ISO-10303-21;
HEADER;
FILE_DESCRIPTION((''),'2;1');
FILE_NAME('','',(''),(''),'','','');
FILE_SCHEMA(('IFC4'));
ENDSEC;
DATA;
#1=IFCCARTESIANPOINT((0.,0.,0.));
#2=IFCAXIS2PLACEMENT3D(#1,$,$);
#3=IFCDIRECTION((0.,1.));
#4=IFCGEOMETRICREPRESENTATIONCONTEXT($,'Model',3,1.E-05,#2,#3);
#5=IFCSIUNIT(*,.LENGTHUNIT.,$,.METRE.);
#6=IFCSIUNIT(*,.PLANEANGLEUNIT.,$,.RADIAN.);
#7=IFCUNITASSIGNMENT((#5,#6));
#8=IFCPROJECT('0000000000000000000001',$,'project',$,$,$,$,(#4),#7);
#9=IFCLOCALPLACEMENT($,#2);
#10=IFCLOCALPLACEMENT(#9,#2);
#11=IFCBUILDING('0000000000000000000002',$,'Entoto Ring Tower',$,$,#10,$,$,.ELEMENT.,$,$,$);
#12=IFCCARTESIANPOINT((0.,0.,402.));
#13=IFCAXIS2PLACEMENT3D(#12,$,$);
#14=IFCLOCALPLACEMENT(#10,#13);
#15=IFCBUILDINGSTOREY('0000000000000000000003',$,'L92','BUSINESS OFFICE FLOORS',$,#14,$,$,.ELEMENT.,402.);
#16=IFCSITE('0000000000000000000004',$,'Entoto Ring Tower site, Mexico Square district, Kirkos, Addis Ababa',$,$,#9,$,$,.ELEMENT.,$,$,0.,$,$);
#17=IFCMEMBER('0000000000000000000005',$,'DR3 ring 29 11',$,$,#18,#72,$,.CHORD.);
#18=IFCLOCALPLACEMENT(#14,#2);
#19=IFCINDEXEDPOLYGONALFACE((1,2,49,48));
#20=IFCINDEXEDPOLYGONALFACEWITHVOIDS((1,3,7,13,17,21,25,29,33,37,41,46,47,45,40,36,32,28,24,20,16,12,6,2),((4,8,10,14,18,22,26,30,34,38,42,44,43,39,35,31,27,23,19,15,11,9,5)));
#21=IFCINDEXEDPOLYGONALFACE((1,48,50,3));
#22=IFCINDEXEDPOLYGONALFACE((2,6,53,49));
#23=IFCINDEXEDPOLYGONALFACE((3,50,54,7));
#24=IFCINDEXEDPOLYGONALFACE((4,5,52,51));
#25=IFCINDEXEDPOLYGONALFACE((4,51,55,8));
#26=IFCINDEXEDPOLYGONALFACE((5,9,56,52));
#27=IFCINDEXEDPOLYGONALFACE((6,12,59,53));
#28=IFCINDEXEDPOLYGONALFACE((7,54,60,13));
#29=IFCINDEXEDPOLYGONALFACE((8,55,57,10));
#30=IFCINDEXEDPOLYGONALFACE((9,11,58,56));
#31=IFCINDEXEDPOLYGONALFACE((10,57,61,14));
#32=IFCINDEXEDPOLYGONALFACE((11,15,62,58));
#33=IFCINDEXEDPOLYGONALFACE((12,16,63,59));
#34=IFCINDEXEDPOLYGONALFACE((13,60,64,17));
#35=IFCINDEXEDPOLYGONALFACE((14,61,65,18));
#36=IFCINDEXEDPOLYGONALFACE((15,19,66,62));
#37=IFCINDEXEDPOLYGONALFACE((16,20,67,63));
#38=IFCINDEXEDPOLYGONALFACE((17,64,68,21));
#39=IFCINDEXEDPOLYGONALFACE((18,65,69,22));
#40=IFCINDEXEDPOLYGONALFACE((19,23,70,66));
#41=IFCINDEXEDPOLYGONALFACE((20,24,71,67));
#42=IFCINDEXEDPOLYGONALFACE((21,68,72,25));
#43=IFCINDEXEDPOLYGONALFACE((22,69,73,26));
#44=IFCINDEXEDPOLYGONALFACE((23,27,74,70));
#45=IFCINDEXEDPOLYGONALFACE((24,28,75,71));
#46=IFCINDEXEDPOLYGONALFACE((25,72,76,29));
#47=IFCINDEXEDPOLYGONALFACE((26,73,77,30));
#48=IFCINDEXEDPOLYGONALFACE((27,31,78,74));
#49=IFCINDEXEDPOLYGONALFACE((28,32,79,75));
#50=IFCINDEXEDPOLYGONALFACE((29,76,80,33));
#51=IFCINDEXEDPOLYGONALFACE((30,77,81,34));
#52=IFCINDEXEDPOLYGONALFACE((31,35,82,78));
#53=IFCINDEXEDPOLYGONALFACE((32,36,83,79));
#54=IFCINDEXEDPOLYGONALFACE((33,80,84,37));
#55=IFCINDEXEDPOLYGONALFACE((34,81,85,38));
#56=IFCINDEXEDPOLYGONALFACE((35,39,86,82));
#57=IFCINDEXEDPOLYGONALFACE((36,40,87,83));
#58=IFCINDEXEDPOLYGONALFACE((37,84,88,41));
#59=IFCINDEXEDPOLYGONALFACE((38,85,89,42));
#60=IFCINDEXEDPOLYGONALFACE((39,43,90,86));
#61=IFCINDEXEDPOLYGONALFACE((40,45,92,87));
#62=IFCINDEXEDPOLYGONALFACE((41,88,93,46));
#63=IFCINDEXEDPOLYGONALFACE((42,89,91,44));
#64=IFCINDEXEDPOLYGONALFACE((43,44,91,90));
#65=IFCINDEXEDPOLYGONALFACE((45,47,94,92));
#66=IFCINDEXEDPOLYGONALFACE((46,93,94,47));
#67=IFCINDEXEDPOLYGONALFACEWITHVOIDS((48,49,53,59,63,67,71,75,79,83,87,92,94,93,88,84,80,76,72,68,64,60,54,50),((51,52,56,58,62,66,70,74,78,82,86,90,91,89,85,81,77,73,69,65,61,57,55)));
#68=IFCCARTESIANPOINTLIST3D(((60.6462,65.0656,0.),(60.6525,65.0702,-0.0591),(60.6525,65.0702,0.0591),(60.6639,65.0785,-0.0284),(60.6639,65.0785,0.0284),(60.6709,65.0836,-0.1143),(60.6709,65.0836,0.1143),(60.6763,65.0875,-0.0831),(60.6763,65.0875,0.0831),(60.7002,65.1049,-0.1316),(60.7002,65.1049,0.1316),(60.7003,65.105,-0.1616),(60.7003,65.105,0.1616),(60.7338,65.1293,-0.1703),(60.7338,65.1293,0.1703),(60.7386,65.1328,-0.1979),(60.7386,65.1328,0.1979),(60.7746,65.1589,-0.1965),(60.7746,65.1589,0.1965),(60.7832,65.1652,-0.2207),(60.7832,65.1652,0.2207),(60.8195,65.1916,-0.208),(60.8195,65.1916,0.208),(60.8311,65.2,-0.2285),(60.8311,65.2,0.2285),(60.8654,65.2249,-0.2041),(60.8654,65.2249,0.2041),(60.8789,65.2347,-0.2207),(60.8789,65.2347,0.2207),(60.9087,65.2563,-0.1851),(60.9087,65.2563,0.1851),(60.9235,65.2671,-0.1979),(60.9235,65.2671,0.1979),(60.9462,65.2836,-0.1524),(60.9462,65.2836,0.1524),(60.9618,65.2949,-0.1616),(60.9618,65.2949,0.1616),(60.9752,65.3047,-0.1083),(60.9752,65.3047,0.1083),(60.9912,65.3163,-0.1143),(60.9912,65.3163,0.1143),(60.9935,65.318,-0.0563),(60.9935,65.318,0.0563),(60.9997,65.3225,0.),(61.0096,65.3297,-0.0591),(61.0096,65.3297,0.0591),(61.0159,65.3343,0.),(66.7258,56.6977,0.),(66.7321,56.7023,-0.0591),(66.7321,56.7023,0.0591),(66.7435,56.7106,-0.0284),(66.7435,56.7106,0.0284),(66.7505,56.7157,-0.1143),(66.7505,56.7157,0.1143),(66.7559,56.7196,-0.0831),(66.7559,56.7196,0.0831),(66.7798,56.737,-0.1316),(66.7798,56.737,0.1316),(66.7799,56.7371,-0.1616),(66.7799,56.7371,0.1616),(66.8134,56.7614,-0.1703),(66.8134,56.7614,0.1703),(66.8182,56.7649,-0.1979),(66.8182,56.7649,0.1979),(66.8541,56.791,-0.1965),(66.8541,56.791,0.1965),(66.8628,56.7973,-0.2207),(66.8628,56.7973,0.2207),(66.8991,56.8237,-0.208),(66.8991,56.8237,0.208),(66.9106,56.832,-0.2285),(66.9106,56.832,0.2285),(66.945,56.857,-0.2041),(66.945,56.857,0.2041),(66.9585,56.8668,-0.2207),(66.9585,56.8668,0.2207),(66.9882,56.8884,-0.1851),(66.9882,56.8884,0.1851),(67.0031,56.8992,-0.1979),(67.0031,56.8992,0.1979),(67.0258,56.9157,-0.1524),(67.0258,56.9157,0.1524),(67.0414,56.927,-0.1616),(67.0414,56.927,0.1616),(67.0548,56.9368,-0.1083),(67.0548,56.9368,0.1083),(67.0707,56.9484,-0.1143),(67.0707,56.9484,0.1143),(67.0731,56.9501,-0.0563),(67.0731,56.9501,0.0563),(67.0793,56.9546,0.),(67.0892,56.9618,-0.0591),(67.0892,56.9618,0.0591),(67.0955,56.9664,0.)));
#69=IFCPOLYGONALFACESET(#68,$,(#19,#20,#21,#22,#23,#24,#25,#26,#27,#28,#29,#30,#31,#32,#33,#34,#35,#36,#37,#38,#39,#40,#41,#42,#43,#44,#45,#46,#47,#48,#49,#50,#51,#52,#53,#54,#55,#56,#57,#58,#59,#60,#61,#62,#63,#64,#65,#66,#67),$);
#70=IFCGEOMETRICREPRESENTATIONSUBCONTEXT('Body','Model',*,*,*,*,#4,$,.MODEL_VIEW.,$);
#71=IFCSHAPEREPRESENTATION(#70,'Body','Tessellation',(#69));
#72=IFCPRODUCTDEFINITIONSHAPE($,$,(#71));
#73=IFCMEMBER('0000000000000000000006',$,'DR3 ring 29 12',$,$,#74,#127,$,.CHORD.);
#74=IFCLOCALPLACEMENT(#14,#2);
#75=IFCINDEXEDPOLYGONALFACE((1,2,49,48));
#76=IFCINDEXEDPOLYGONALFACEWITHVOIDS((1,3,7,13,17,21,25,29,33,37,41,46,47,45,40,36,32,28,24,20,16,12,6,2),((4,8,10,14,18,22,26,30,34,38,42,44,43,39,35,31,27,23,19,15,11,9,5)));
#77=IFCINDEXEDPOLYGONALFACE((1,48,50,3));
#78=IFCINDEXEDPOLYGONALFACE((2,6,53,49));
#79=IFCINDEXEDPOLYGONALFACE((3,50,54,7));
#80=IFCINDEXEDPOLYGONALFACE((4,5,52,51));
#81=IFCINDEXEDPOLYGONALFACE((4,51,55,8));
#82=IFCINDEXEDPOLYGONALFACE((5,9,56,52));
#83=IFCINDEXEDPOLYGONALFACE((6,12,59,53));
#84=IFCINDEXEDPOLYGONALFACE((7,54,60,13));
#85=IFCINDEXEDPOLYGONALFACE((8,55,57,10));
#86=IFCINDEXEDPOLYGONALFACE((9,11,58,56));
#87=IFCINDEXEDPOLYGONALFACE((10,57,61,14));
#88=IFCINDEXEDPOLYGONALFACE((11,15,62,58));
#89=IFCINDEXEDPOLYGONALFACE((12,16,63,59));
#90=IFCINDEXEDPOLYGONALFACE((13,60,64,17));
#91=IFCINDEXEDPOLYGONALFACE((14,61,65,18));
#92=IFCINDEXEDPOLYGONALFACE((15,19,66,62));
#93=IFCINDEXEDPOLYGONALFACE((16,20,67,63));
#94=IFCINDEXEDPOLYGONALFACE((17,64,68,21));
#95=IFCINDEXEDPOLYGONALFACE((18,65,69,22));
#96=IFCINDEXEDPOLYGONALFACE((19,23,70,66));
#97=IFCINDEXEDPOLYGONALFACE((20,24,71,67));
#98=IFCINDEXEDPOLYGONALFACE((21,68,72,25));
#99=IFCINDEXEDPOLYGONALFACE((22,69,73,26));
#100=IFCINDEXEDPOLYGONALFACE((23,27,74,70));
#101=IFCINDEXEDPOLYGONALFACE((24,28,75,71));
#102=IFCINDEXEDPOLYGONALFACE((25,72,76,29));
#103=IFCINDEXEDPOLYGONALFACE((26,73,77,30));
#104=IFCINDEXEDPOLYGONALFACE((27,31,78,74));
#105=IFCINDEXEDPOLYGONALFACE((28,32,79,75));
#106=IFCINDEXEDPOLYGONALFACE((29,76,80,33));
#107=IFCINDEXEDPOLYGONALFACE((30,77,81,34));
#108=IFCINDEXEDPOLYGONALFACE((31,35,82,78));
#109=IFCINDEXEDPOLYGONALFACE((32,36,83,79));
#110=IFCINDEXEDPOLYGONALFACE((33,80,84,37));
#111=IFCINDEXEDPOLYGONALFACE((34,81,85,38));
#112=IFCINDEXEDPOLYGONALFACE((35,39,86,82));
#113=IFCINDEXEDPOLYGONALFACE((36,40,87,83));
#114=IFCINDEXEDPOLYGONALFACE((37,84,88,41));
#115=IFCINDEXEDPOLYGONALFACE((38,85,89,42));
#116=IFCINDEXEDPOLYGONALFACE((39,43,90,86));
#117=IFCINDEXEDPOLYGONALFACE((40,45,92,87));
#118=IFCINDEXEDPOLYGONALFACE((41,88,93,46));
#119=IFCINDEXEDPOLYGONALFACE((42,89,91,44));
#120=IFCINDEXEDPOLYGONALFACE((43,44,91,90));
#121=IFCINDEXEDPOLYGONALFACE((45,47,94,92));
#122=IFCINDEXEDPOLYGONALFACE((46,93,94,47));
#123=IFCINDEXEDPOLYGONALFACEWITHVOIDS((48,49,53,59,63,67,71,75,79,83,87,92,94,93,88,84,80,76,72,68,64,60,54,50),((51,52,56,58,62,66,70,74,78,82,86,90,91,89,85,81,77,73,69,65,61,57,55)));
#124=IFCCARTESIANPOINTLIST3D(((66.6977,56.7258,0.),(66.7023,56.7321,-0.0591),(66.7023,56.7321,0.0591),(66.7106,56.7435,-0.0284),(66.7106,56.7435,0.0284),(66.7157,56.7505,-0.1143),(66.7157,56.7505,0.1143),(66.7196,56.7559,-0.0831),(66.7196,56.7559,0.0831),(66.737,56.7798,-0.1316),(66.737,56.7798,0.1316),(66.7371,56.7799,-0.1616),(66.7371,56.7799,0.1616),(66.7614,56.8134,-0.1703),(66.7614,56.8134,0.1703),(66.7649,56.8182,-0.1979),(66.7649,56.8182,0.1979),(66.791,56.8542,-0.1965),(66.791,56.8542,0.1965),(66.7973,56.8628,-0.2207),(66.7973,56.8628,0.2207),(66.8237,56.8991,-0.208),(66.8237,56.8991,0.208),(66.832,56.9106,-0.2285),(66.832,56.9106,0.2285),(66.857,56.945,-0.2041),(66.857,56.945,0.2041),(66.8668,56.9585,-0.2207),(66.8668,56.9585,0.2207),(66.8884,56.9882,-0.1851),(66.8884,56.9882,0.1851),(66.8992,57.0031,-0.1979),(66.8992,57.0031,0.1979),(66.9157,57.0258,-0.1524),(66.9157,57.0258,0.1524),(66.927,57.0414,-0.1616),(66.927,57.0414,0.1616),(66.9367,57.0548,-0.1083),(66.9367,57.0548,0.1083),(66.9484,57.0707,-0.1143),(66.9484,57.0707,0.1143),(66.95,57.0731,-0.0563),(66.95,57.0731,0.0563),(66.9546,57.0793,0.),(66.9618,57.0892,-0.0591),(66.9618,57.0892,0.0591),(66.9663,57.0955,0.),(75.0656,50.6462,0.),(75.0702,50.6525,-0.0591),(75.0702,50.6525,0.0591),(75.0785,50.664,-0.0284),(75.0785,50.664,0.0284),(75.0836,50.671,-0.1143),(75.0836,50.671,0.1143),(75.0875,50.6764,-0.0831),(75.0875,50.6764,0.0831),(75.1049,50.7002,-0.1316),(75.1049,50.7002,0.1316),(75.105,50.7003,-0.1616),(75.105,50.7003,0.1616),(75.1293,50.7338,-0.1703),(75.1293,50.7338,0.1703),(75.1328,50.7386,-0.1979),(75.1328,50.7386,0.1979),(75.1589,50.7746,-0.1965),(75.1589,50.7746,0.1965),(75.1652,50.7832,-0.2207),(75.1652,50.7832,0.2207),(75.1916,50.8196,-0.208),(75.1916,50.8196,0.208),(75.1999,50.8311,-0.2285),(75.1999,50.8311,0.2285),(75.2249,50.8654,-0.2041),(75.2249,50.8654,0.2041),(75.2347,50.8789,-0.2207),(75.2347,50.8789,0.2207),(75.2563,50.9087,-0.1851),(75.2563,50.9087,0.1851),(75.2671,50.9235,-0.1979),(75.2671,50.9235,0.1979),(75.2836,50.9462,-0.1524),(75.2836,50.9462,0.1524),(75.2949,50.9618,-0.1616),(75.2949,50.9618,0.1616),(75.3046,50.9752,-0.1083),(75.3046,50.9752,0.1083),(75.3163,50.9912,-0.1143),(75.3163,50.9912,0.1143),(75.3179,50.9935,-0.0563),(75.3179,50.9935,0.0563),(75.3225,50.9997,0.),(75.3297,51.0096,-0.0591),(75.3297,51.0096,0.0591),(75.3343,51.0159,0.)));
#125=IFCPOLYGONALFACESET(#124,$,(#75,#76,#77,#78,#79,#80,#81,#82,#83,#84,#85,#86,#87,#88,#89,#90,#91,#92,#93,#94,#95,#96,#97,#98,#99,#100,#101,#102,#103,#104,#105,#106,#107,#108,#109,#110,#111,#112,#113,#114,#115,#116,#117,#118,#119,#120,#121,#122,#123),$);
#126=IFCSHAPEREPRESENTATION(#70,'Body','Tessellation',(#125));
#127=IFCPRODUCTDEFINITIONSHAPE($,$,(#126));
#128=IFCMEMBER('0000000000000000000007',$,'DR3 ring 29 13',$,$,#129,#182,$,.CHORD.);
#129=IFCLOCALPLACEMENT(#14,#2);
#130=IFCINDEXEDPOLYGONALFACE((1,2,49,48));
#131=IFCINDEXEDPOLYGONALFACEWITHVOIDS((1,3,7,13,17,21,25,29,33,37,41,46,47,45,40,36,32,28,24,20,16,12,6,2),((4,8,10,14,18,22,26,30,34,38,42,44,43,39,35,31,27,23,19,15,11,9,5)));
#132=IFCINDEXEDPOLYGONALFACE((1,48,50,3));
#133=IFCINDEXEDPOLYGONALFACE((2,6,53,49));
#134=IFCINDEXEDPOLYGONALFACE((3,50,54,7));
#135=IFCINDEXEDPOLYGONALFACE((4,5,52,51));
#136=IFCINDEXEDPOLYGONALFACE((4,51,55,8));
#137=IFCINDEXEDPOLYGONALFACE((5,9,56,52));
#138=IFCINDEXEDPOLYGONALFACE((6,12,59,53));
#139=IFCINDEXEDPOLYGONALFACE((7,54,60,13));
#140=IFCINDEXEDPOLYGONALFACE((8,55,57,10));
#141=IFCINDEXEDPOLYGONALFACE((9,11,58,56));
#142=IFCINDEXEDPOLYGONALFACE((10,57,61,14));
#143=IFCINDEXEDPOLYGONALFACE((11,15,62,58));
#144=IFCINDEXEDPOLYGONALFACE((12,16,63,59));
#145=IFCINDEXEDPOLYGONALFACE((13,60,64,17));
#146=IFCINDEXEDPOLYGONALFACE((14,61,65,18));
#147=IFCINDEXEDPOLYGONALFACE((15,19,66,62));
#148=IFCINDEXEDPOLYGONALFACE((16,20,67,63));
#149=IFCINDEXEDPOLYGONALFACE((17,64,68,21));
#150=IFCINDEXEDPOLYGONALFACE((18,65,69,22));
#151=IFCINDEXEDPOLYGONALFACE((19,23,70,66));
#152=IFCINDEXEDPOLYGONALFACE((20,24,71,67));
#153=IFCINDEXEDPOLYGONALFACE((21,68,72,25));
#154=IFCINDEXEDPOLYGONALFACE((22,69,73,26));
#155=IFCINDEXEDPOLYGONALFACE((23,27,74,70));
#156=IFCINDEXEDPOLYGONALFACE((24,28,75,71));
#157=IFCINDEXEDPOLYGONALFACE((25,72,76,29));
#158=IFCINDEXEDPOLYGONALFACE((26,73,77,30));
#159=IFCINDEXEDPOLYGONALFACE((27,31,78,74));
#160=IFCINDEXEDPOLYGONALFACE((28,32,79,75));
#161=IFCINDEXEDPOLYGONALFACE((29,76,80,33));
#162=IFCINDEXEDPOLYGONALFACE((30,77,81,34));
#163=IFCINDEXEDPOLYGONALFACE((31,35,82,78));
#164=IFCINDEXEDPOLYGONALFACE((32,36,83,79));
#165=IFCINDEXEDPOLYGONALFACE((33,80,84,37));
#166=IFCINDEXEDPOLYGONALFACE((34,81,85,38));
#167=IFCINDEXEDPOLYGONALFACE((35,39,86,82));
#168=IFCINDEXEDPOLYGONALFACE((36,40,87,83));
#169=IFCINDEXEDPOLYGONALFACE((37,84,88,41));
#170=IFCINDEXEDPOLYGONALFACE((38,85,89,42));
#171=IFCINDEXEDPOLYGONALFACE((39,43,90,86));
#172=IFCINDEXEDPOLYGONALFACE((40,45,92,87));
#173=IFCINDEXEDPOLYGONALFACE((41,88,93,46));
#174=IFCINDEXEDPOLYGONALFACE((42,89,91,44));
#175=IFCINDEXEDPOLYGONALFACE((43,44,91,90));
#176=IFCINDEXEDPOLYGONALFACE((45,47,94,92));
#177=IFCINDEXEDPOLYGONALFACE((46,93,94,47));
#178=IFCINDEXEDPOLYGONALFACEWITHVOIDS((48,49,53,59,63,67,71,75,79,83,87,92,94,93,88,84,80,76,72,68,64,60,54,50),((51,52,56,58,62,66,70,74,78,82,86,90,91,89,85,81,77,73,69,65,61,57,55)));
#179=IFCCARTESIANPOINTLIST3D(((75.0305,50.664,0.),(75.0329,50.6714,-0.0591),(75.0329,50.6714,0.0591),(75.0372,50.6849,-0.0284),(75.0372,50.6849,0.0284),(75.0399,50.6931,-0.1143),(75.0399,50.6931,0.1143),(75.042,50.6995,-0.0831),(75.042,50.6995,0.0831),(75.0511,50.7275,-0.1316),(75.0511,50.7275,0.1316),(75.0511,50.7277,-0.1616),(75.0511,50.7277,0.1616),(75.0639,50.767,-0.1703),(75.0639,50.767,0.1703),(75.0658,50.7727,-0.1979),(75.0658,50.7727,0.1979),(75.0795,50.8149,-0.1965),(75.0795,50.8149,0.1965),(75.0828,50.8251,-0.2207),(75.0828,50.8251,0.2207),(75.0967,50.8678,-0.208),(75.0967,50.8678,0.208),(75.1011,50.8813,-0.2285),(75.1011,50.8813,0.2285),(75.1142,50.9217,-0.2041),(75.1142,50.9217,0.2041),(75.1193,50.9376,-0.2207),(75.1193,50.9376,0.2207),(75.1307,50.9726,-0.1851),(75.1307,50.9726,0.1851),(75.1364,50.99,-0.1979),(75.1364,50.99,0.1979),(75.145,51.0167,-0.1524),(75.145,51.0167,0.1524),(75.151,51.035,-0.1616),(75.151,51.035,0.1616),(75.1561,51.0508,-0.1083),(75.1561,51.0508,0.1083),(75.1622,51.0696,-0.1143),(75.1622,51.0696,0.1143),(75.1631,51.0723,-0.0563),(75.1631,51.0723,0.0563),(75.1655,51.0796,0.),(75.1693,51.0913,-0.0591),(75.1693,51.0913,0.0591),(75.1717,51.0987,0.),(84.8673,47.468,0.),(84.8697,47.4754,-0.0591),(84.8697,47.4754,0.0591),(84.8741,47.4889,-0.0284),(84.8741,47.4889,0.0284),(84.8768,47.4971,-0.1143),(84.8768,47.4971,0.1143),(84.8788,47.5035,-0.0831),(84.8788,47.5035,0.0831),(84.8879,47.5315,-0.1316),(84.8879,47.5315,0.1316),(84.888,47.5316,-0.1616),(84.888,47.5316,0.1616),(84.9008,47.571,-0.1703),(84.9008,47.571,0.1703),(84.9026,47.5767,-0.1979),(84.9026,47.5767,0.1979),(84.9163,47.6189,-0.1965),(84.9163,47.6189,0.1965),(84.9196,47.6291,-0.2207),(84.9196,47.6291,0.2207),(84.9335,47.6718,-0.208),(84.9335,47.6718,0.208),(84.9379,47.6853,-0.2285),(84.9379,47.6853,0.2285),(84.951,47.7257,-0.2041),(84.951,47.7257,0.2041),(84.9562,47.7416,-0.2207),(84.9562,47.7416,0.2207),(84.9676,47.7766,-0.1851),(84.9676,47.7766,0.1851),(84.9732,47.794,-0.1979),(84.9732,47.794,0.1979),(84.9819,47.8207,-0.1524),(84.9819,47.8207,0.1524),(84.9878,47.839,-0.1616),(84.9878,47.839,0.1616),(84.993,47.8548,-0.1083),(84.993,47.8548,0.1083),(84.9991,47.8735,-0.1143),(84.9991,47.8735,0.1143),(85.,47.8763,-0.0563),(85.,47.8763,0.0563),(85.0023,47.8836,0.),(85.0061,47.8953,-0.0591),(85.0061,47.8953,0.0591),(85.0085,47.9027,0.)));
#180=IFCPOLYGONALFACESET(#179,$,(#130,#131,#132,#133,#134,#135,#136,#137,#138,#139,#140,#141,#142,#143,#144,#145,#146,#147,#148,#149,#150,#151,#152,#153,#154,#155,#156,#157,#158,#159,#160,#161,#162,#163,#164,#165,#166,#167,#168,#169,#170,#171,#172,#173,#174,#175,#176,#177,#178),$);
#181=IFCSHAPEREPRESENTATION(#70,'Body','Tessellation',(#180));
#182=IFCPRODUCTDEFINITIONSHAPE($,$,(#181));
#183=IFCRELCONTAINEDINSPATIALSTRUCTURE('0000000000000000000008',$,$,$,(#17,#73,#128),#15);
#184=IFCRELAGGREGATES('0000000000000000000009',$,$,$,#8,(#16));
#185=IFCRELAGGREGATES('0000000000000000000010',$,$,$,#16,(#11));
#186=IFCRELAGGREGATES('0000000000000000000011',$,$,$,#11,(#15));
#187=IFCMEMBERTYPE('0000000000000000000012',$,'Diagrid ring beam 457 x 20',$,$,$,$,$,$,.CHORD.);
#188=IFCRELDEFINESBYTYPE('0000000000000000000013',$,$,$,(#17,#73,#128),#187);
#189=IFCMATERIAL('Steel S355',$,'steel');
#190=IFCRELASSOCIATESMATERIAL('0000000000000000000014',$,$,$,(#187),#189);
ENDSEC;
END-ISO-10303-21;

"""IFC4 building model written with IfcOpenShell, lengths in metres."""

from ifc_helpers import new_model, si_unit, direction, frame, origin, origin_2d, place, context, subcontext, project, spatial, circle, hollow_circle, extrude, material, material_profile, profile_set, type_object, element, save


model = new_model("IFC4")

# Units and contexts
model_context = context("Model", 3, precision=1e-05, world=origin(), true_north=direction((0.0, 1.0)))
body_context = subcontext(model_context, "Body", "Model", "MODEL_VIEW")
ifc_project = project(units=[si_unit("LENGTHUNIT", "METRE"), si_unit("PLANEANGLEUNIT", "RADIAN")], contexts=[model_context])

# Site, building, storey
site_placement = place(None, origin())
site = spatial("IfcSite", under=ifc_project, at=site_placement, Name="Entoto Ring Tower site, Mexico Square district, Kirkos, Addis Ababa", CompositionType="ELEMENT", RefElevation=0.0)
building_placement = place(site_placement, origin())
building = spatial("IfcBuilding", under=site, at=building_placement, Name="Entoto Ring Tower", CompositionType="ELEMENT")
storey_placement = place(building_placement, frame((0.0, 0.0, 402.0)))
storey = spatial("IfcBuildingStorey", under=building, at=storey_placement, Name="L92", Description="BUSINESS OFFICE FLOORS", CompositionType="ELEMENT", Elevation=402.0)

# Members
ifc_material_1 = material(Name="Steel S355", Category="steel")
ifc_material_profile_1 = material_profile(ifc_material_1, hollow_circle(Radius=0.2285, WallThickness=0.02, at=origin_2d()), Name="CHS 457 x 20")
ifc_material_2 = material(Name="Concrete C60/75", Category="concrete")
ifc_material_profile_2 = material_profile(ifc_material_2, circle(Radius=0.2085, at=origin_2d()), Name="Concrete C60/75 infill")
ifc_profile_set_1 = profile_set([ifc_material_profile_1, ifc_material_profile_2], Name="Steel S355")
member_type_1 = type_object("IfcMemberType", Name="Diagrid ring beam 457 x 20", PredefinedType="CHORD", material=ifc_profile_set_1)
for number, where, z_axis, x_axis, name in (
    (1, (60.8311, 65.2, 0.0), (0.587781, -0.80902, 0.0), (0.80902, 0.587781, 0.0), "DR3 ring 29 11"),
    (2, (66.832, 56.9106, 0.0), (0.80902, -0.587781, 0.0), (0.587781, 0.80902, 0.0), "DR3 ring 29 12"),
):
    element("IfcMember", number, at=place(storey_placement, frame(where, z_axis=z_axis, x_axis=x_axis)), inside=storey, type_object=member_type_1, Name=name, PredefinedType="CHORD", context=body_context, shape_type="SweptSolid", body=[
        extrude(hollow_circle(Radius=0.2285, WallThickness=0.02, at=origin_2d()), origin(), (0.0, 0.0, 1.0), 10.3433),
    ])
member_placement = place(storey_placement, frame((75.1011, 50.8813, 0.0), z_axis=(0.951061, -0.309003, 0.0), x_axis=(0.309003, 0.951061, 0.0)))
element("IfcMember", 3, at=member_placement, inside=storey, type_object=member_type_1, Name="DR3 ring 29 13", PredefinedType="CHORD", context=body_context, shape_type="SweptSolid", body=[
    extrude(hollow_circle(Radius=0.2285, WallThickness=0.02, at=origin_2d()), origin(), (0.0, 0.0, 1.0), 10.343),
])

save(model, "model.ifc")
